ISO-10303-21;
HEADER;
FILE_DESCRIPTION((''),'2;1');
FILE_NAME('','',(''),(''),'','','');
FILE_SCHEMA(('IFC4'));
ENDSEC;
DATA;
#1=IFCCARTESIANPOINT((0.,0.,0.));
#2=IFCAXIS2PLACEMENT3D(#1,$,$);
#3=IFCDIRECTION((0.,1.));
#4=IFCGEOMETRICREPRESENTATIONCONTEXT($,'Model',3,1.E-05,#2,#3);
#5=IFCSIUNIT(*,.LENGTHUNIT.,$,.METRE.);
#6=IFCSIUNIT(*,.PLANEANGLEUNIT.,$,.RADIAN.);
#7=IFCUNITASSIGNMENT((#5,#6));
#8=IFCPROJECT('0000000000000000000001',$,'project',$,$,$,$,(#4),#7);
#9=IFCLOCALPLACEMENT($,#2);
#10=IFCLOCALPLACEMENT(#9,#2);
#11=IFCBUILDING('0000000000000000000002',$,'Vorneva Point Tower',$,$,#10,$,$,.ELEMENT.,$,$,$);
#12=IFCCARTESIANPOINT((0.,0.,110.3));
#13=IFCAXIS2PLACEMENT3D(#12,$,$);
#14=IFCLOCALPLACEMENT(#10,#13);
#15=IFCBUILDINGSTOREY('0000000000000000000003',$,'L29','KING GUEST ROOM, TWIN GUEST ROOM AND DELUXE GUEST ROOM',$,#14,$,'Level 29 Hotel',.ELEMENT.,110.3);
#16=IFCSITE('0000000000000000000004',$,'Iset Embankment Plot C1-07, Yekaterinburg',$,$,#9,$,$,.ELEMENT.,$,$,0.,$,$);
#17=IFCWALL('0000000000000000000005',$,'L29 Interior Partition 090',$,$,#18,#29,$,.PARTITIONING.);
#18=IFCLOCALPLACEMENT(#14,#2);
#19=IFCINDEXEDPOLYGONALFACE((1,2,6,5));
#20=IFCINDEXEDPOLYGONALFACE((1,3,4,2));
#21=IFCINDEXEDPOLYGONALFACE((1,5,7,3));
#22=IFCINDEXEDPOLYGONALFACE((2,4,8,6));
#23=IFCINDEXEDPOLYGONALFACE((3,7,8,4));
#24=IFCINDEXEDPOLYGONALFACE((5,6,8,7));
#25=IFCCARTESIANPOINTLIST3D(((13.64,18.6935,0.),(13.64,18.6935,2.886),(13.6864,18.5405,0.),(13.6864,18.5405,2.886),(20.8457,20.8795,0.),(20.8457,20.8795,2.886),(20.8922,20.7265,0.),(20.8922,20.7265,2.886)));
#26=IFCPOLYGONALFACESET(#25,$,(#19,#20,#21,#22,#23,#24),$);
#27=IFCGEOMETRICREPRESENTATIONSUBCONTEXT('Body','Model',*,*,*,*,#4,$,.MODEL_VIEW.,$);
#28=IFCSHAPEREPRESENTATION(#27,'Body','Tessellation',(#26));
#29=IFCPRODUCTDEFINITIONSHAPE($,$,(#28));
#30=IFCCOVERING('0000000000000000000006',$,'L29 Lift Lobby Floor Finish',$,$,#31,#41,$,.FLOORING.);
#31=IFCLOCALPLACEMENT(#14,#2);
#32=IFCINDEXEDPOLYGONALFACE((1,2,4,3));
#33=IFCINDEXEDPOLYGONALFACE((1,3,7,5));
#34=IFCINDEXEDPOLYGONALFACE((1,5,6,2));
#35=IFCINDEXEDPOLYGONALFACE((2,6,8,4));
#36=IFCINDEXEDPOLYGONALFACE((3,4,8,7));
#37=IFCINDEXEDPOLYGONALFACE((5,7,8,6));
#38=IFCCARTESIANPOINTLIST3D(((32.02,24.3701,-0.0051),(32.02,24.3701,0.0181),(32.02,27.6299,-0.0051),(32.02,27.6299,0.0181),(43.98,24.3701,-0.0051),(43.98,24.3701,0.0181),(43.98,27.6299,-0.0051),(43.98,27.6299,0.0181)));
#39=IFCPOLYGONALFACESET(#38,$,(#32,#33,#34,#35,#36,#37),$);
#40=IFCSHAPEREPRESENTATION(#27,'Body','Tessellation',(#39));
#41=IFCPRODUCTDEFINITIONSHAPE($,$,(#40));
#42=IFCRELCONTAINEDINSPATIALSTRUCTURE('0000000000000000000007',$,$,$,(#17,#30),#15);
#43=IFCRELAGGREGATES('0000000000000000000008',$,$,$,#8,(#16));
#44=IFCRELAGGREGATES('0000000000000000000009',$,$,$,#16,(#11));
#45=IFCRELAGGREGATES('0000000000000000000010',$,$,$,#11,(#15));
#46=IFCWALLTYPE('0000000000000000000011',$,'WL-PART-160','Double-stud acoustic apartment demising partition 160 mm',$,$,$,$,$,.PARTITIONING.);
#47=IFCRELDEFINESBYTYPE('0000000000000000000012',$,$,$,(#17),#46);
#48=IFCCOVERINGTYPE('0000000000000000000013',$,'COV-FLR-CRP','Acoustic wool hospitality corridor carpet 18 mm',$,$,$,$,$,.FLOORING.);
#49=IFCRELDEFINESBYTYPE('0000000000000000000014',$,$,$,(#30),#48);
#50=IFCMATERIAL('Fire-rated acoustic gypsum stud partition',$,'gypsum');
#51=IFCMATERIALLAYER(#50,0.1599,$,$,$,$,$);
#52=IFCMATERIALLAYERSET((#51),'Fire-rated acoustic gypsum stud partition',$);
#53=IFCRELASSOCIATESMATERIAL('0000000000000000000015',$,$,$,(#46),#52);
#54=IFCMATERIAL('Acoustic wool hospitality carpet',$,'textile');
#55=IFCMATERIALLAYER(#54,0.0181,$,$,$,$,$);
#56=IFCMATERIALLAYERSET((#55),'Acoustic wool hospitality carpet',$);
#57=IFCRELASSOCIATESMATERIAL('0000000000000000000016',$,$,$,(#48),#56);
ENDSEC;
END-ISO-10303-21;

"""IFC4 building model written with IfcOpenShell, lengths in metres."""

from ifc_helpers import new_model, si_unit, direction, frame, frame_2d, origin, place, context, subcontext, project, spatial, polyline, rectangle, outline, extrude, material, layer, layer_set, type_object, element, save


model = new_model("IFC4")

# Units and contexts
model_context = context("Model", 3, precision=1e-05, world=origin(), true_north=direction((0.0, 1.0)))
body_context = subcontext(model_context, "Body", "Model", "MODEL_VIEW")
ifc_project = project(units=[si_unit("LENGTHUNIT", "METRE"), si_unit("PLANEANGLEUNIT", "RADIAN")], contexts=[model_context])

# Site, building, storey
site_placement = place(None, origin())
site = spatial("IfcSite", under=ifc_project, at=site_placement, Name="Iset Embankment Plot C1-07, Yekaterinburg", CompositionType="ELEMENT", RefElevation=0.0)
building_placement = place(site_placement, origin())
building = spatial("IfcBuilding", under=site, at=building_placement, Name="Vorneva Point Tower", CompositionType="ELEMENT")
storey_placement = place(building_placement, frame((0.0, 0.0, 110.3)))
storey = spatial("IfcBuildingStorey", under=building, at=storey_placement, Name="L29", Description="KING GUEST ROOM, TWIN GUEST ROOM AND DELUXE GUEST ROOM", LongName="Level 29 Hotel", CompositionType="ELEMENT", Elevation=110.3)

# Wall
ifc_material_1 = material(Name="Fire-rated acoustic gypsum stud partition", Category="gypsum")
ifc_layer_1 = layer(ifc_material_1, 0.1599)
ifc_layer_set_1 = layer_set([ifc_layer_1], Name="Fire-rated acoustic gypsum stud partition")
wall_type_1 = type_object("IfcWallType", Name="WL-PART-160", Description="Double-stud acoustic apartment demising partition 160 mm", PredefinedType="PARTITIONING", material=ifc_layer_set_1)
wall_1_placement = place(storey_placement, frame((13.6631, 18.6169, 0.0), z_axis=(0.0, 0.0, 1.0), x_axis=(0.956934, 0.290306, 0.0)))
element("IfcWall", 1, at=wall_1_placement, inside=storey, type_object=wall_type_1, Name="L29 Interior Partition 090", PredefinedType="PARTITIONING", context=body_context, shape_type="SweptSolid", body=[
    extrude(rectangle(XDim=7.53, YDim=0.1599, at=frame_2d((3.7651, 0.0))), origin(), (0.0, 0.0, 1.0), 2.886),
])

# Covering
ifc_material_2 = material(Name="Acoustic wool hospitality carpet", Category="textile")
ifc_layer_2 = layer(ifc_material_2, 0.0181)
ifc_layer_set_2 = layer_set([ifc_layer_2], Name="Acoustic wool hospitality carpet")
covering_type = type_object("IfcCoveringType", Name="COV-FLR-CRP", Description="Acoustic wool hospitality corridor carpet 18 mm", PredefinedType="FLOORING", material=ifc_layer_set_2)
covering_placement = place(storey_placement, frame((0.0, 0.0, -0.0051)))
element("IfcCovering", 2, at=covering_placement, inside=storey, type_object=covering_type, Name="L29 Lift Lobby Floor Finish", PredefinedType="FLOORING", context=body_context, shape_type="SweptSolid", body=[
    extrude(outline(polyline([(32.02, 24.3701), (43.98, 24.3701), (43.98, 27.6299), (32.02, 27.6299), (32.02, 24.3701)])), origin(), (0.0, 0.0, 1.0), 0.0232),
])

save(model, "model.ifc")
